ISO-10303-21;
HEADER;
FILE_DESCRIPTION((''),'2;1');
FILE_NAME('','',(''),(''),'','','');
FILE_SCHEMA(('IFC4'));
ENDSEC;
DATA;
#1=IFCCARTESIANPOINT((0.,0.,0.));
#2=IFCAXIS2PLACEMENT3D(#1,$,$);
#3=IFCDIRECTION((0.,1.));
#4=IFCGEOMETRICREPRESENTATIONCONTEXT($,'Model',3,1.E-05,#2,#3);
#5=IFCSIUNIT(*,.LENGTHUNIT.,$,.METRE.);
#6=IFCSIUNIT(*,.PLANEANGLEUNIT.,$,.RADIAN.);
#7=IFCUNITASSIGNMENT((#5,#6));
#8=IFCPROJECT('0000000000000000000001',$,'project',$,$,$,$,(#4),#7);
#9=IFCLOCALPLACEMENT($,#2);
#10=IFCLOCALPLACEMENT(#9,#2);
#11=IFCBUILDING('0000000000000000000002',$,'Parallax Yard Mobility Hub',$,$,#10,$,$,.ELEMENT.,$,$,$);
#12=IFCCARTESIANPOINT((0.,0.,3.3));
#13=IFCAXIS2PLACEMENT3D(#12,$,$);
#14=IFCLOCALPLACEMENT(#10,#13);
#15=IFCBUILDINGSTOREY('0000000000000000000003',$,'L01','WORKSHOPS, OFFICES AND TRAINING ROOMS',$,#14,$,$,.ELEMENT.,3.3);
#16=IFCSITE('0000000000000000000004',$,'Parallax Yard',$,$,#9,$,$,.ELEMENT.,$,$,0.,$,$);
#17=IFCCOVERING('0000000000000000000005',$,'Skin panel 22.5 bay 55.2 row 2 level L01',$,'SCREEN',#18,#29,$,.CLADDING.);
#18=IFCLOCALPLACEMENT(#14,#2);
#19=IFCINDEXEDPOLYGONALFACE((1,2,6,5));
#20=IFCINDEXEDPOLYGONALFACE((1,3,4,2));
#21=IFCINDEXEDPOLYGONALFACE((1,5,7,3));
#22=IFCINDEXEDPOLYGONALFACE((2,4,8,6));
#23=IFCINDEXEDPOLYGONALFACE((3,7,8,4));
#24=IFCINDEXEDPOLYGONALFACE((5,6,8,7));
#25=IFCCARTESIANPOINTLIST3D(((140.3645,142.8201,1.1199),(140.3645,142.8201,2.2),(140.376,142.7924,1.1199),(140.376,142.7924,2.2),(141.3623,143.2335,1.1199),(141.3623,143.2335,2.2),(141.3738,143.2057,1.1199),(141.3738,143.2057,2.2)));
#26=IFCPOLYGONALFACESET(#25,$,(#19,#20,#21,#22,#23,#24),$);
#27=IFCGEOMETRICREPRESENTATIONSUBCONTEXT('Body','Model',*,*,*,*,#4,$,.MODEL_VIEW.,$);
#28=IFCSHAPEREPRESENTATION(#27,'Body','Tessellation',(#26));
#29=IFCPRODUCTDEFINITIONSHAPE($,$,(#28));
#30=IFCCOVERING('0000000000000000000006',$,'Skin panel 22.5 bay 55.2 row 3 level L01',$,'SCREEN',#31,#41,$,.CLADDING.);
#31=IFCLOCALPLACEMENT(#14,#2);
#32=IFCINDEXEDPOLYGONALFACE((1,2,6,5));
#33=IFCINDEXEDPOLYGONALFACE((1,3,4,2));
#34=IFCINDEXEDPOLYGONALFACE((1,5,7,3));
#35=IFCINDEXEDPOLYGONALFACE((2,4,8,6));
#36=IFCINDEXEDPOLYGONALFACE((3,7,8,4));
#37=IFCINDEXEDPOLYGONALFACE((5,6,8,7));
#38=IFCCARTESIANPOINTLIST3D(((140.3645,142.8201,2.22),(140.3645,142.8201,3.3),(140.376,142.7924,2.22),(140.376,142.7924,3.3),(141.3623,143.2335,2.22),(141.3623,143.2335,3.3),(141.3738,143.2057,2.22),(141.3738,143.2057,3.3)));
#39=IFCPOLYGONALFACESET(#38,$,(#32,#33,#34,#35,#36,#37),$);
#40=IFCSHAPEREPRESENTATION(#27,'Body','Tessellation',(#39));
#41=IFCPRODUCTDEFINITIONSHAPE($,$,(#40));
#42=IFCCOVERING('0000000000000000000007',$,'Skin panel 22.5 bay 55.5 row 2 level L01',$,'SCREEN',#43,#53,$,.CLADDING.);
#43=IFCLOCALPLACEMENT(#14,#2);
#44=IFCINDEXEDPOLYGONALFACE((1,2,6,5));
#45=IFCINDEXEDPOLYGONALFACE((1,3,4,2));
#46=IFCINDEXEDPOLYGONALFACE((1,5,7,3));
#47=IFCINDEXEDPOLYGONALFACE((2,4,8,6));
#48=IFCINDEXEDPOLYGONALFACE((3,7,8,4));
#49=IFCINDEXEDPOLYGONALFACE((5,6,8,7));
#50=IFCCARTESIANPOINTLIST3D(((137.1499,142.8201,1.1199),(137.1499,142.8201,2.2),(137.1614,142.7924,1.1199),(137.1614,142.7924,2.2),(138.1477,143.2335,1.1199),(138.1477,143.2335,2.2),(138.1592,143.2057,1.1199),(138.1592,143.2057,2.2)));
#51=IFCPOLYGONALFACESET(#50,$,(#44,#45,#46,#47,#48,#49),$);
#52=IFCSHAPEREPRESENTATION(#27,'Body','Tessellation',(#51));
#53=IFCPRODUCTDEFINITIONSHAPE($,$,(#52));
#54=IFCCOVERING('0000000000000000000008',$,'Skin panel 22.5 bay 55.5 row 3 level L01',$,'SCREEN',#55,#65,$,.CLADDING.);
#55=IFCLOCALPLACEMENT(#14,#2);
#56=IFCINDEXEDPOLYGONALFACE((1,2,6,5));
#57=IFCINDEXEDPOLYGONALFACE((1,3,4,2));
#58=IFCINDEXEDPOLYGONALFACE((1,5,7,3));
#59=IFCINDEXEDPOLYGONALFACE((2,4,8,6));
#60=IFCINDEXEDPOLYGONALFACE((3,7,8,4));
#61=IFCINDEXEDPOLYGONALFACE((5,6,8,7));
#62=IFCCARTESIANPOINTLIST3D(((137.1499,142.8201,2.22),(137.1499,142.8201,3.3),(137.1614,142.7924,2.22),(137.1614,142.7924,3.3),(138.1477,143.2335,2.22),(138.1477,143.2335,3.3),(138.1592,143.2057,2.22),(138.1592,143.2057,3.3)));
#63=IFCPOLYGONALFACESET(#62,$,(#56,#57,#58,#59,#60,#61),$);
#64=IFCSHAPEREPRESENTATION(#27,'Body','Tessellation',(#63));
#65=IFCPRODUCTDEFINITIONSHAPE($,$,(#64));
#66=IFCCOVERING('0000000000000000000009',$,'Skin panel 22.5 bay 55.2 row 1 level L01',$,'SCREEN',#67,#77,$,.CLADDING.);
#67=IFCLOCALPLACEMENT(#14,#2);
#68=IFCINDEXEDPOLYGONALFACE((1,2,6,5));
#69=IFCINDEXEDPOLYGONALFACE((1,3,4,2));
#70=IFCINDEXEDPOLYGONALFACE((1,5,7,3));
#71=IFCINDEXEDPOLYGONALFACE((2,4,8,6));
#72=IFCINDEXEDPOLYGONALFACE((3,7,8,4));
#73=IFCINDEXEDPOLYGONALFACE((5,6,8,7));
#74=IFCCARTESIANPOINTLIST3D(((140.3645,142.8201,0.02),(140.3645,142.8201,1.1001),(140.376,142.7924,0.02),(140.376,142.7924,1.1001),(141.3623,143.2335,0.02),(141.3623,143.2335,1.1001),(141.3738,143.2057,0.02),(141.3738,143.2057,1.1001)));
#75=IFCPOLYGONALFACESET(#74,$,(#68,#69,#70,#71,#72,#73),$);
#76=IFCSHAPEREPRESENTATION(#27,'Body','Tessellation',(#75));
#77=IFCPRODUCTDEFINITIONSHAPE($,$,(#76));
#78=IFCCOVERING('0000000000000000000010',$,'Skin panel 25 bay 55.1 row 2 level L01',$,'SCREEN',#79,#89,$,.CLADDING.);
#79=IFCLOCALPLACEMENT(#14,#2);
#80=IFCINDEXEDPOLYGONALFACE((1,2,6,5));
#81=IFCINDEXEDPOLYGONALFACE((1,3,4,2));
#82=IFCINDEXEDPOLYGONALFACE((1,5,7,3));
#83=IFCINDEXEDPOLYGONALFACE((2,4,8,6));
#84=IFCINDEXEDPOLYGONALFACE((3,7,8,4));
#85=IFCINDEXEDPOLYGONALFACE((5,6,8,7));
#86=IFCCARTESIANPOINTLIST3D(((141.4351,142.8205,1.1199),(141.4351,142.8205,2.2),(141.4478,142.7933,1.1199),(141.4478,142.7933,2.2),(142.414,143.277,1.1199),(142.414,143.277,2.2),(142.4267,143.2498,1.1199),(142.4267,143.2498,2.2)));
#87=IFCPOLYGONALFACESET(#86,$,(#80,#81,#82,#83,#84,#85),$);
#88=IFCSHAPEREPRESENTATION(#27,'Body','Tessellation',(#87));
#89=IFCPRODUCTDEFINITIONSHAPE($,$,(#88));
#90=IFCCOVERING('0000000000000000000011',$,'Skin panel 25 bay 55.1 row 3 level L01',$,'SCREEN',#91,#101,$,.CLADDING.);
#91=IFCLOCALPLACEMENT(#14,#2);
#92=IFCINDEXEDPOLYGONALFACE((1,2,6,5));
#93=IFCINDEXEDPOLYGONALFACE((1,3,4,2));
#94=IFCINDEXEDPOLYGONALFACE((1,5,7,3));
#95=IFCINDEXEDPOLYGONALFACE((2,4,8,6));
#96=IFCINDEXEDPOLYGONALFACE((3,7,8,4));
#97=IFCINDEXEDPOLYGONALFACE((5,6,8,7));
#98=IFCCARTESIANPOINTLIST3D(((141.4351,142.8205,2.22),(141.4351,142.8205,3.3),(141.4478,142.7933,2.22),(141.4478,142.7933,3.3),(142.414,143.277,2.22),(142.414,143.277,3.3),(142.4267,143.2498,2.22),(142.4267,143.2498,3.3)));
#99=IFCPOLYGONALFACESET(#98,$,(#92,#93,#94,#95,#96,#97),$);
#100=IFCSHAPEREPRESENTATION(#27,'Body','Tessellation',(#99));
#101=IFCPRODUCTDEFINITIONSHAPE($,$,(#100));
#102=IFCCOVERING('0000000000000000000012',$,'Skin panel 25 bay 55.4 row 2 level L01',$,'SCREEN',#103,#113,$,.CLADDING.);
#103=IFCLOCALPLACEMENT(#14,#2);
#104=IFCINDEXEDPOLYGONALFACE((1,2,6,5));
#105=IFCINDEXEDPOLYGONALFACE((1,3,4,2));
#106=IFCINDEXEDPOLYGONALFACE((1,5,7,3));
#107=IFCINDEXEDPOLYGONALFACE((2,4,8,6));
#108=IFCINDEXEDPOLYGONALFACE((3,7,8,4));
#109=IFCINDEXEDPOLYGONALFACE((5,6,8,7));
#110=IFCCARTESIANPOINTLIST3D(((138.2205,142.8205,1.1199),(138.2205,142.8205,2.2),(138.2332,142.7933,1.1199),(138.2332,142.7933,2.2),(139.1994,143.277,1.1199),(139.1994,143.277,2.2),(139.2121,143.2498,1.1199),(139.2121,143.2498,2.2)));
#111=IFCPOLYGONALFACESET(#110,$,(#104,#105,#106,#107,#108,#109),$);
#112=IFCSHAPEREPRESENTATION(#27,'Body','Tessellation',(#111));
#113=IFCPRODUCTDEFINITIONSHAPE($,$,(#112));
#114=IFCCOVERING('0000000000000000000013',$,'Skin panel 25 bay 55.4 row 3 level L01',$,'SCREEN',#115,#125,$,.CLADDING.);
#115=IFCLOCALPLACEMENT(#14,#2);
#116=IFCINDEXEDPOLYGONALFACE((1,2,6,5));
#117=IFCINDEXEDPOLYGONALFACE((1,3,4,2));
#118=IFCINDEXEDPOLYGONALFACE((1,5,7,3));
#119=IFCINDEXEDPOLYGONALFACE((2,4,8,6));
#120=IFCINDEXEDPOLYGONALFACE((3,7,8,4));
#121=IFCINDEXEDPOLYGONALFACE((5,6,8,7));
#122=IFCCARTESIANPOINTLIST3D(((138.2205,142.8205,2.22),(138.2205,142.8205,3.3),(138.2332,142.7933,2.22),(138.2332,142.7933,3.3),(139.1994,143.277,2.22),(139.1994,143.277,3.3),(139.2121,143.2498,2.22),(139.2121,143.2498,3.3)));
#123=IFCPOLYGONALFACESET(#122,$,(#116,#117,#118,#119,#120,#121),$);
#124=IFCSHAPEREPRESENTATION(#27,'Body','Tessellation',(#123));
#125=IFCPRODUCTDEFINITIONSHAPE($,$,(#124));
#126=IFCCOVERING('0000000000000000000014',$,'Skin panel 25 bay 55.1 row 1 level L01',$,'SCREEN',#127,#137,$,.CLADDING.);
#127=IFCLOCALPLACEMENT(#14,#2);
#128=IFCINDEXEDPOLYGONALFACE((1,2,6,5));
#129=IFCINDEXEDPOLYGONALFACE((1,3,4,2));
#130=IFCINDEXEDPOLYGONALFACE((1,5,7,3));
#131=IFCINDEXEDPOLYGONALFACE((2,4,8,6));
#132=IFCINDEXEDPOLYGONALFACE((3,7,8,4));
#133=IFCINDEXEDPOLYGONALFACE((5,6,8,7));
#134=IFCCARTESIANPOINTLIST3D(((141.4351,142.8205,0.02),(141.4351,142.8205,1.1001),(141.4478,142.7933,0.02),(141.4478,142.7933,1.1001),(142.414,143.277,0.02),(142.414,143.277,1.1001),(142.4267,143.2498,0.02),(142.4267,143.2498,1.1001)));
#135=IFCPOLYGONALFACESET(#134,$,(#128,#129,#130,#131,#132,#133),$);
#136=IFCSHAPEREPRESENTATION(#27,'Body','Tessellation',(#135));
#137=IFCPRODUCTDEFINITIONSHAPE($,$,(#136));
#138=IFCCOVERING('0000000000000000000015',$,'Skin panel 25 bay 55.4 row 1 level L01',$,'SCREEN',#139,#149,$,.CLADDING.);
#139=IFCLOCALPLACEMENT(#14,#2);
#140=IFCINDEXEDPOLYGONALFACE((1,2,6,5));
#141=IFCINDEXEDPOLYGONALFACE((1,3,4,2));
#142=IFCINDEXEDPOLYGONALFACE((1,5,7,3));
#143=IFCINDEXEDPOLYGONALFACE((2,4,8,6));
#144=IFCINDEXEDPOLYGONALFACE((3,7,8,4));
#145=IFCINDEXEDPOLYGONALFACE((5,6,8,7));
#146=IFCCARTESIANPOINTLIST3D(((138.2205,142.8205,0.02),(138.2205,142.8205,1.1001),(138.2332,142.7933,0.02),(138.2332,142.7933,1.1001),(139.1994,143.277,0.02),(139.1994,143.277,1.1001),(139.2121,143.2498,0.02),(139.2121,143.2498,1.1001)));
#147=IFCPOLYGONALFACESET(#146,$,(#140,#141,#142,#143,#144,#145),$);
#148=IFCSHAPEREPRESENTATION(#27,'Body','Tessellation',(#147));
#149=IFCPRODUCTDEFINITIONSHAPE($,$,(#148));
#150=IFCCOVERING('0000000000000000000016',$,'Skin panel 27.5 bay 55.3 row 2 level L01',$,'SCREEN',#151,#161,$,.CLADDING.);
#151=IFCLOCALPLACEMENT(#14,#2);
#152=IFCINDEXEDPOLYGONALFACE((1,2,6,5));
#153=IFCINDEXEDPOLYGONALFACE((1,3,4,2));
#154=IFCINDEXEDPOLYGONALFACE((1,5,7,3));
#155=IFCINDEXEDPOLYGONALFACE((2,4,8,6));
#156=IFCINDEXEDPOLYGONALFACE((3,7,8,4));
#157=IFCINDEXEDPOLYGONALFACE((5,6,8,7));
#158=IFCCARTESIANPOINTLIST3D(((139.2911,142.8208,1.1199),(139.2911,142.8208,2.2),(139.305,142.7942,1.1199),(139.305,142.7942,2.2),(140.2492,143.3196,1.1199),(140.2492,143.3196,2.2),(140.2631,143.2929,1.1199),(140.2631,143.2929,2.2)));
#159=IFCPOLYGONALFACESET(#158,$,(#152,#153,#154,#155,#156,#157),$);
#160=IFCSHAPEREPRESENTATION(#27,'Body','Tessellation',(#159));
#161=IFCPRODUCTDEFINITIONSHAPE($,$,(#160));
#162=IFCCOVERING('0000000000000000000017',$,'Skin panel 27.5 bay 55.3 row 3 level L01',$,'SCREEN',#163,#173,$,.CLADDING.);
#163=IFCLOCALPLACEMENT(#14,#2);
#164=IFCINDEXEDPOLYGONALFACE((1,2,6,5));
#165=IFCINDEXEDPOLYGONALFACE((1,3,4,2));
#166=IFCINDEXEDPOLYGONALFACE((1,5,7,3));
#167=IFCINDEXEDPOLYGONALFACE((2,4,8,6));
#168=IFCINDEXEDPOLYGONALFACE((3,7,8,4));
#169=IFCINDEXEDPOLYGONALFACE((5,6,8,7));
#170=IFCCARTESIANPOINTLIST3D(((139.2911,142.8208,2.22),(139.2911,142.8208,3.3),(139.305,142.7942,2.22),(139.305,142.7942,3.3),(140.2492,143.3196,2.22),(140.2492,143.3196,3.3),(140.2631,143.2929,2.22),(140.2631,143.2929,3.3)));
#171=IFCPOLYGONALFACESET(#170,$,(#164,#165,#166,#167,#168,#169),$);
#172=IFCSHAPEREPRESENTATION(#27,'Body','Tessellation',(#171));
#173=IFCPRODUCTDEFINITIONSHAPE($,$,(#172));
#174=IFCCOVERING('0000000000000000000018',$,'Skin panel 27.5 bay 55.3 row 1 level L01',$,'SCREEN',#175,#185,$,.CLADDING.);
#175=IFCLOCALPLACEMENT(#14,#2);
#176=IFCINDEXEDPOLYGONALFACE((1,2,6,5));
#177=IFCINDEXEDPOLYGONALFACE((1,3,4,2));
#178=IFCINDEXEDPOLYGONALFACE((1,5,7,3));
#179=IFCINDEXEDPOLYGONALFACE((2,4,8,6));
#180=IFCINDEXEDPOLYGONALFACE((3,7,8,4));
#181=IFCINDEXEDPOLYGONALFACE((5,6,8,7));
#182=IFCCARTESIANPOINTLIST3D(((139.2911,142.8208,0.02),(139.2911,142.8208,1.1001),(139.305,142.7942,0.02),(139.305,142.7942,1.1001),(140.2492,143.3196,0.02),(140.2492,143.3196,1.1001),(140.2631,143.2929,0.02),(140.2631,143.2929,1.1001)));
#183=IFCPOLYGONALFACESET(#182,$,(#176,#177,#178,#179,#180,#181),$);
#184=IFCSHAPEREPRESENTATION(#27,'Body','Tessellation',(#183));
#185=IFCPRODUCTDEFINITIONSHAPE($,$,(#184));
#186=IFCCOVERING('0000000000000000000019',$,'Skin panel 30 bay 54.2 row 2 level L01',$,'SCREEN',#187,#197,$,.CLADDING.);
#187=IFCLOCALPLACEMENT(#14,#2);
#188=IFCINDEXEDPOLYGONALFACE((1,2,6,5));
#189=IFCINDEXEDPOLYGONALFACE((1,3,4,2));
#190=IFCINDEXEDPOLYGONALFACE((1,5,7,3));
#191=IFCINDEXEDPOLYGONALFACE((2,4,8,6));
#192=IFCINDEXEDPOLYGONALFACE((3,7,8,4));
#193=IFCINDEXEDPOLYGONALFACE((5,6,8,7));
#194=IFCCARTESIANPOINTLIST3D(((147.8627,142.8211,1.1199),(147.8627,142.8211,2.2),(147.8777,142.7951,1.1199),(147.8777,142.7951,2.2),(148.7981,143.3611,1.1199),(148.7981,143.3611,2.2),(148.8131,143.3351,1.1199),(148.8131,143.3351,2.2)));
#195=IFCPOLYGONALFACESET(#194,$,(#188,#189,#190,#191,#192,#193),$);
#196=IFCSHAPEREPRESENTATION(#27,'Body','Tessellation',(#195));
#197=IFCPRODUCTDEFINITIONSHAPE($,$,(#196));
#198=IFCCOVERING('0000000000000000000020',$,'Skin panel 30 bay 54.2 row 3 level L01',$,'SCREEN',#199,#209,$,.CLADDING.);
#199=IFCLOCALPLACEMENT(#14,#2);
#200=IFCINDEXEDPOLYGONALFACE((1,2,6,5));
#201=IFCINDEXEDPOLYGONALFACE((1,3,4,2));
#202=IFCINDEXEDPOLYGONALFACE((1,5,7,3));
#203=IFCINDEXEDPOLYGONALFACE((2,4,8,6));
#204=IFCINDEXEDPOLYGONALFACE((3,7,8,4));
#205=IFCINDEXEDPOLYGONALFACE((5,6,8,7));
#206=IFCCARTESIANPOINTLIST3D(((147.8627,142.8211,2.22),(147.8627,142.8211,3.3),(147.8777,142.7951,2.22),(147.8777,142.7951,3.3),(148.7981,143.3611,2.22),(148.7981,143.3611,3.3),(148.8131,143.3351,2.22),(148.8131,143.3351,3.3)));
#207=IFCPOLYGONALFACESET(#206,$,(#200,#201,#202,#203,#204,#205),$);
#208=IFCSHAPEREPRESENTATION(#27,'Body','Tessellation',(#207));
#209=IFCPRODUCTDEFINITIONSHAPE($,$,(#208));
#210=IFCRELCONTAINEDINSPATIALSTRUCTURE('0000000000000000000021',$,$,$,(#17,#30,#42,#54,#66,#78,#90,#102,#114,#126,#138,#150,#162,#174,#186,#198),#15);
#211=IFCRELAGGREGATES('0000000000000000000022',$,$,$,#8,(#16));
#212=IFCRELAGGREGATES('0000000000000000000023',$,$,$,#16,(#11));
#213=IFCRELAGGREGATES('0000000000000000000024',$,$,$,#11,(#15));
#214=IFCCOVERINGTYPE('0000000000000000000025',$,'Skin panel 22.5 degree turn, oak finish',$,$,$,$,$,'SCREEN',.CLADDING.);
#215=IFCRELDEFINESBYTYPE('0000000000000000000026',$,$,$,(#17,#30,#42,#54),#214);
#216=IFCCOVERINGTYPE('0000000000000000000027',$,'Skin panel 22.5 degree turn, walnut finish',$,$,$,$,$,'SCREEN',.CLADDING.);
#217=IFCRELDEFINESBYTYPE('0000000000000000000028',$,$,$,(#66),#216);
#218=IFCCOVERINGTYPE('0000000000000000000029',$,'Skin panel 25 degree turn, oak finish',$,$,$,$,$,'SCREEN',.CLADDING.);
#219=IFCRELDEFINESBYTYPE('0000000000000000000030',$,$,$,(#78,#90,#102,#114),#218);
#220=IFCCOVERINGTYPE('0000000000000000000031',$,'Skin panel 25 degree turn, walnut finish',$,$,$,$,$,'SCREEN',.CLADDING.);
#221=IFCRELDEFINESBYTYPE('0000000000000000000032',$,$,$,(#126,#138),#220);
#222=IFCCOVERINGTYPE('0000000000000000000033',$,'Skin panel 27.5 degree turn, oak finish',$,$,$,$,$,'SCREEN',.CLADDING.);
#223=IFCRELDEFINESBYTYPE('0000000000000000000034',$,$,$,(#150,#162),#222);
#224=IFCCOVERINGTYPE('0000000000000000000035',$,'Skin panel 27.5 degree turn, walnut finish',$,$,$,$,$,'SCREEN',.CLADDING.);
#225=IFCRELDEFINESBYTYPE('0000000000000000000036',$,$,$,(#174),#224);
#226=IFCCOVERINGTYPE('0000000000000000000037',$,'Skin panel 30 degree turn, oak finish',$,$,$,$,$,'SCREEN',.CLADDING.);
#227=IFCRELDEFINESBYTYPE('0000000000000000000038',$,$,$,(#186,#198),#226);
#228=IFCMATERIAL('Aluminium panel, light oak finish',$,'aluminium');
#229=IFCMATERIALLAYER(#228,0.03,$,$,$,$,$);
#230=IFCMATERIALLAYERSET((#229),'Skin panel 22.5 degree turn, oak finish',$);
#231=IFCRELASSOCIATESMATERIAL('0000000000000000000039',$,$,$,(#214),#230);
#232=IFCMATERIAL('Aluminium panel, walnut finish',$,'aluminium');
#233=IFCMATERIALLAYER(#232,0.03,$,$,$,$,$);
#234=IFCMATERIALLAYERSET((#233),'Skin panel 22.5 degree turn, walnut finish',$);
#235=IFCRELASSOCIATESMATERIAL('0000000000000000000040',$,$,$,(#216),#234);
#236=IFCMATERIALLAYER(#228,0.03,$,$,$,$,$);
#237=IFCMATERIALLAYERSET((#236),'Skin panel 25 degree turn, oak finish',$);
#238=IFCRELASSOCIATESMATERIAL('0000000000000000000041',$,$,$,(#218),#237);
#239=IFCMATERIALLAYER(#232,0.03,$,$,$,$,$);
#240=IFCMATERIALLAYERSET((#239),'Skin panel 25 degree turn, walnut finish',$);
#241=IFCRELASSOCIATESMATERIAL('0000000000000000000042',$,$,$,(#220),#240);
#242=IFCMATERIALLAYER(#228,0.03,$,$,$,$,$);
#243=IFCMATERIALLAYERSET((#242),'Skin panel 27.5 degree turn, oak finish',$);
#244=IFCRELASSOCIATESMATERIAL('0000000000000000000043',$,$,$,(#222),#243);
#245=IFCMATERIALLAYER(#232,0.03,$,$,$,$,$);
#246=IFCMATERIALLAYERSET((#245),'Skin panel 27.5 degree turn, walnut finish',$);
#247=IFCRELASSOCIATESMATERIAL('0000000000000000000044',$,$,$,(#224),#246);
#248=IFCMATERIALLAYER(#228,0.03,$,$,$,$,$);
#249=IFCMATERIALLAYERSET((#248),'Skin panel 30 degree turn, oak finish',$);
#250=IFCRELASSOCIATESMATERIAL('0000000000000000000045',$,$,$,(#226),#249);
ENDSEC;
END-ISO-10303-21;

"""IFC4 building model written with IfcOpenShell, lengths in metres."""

from ifc_helpers import new_model, si_unit, direction, frame, origin, origin_2d, place, context, subcontext, project, spatial, rectangle, extrude, material, layer, layer_set, type_object, element, save


model = new_model("IFC4")

# Units and contexts
model_context = context("Model", 3, precision=1e-05, world=origin(), true_north=direction((0.0, 1.0)))
body_context = subcontext(model_context, "Body", "Model", "MODEL_VIEW")
ifc_project = project(units=[si_unit("LENGTHUNIT", "METRE"), si_unit("PLANEANGLEUNIT", "RADIAN")], contexts=[model_context])

# Site, building, storey
site_placement = place(None, origin())
site = spatial("IfcSite", under=ifc_project, at=site_placement, Name="Parallax Yard", CompositionType="ELEMENT", RefElevation=0.0)
building_placement = place(site_placement, origin())
building = spatial("IfcBuilding", under=site, at=building_placement, Name="Parallax Yard Mobility Hub", CompositionType="ELEMENT")
storey_placement = place(building_placement, frame((0.0, 0.0, 3.3)))
storey = spatial("IfcBuildingStorey", under=building, at=storey_placement, Name="L01", Description="WORKSHOPS, OFFICES AND TRAINING ROOMS", CompositionType="ELEMENT", Elevation=3.3)

# Coverings
ifc_material_1 = material(Name="Aluminium panel, light oak finish", Category="aluminium")
ifc_layer_1 = layer(ifc_material_1, 0.03)
ifc_layer_set_1 = layer_set([ifc_layer_1], Name="Skin panel 22.5 degree turn, oak finish")
covering_type_1 = type_object("IfcCoveringType", Name="Skin panel 22.5 degree turn, oak finish", ElementType="SCREEN", PredefinedType="CLADDING", material=ifc_layer_set_1)
for number, where, z_axis, x_axis, name in (
    (1, (140.8691, 143.0129, 1.1199), (0.0, 0.0, 1.0), (0.92388, 0.382683, 0.0), "Skin panel 22.5 bay 55.2 row 2 level L01"),
    (2, (140.8691, 143.0129, 2.22), (0.0, 0.0, 1.0), (0.92388, 0.382683, 0.0), "Skin panel 22.5 bay 55.2 row 3 level L01"),
    (3, (137.6545, 143.0129, 1.1199), (0.0, 0.0, 1.0), (0.92388, 0.382683, 0.0), "Skin panel 22.5 bay 55.5 row 2 level L01"),
    (4, (137.6545, 143.0129, 2.22), (0.0, 0.0, 1.0), (0.92388, 0.382683, 0.0), "Skin panel 22.5 bay 55.5 row 3 level L01"),
):
    element("IfcCovering", number, at=place(storey_placement, frame(where, z_axis=z_axis, x_axis=x_axis)), inside=storey, type_object=covering_type_1, Name=name, ObjectType="SCREEN", PredefinedType="CLADDING", context=body_context, shape_type="SweptSolid", body=[
        extrude(rectangle(XDim=1.0801, YDim=0.03, at=origin_2d()), origin(), (0.0, 0.0, 1.0), 1.0801),
    ])
ifc_material_2 = material(Name="Aluminium panel, walnut finish", Category="aluminium")
ifc_layer_2 = layer(ifc_material_2, 0.03)
ifc_layer_set_2 = layer_set([ifc_layer_2], Name="Skin panel 22.5 degree turn, walnut finish")
covering_type_2 = type_object("IfcCoveringType", Name="Skin panel 22.5 degree turn, walnut finish", ElementType="SCREEN", PredefinedType="CLADDING", material=ifc_layer_set_2)
covering_1_placement = place(storey_placement, frame((140.8691, 143.0129, 0.02), z_axis=(0.0, 0.0, 1.0), x_axis=(0.92388, 0.382683, 0.0)))
element("IfcCovering", 5, at=covering_1_placement, inside=storey, type_object=covering_type_2, Name="Skin panel 22.5 bay 55.2 row 1 level L01", ObjectType="SCREEN", PredefinedType="CLADDING", context=body_context, shape_type="SweptSolid", body=[
    extrude(rectangle(XDim=1.0801, YDim=0.03, at=origin_2d()), origin(), (0.0, 0.0, 1.0), 1.0801),
])
ifc_layer_3 = layer(ifc_material_1, 0.03)
ifc_layer_set_3 = layer_set([ifc_layer_3], Name="Skin panel 25 degree turn, oak finish")
covering_type_3 = type_object("IfcCoveringType", Name="Skin panel 25 degree turn, oak finish", ElementType="SCREEN", PredefinedType="CLADDING", material=ifc_layer_set_3)
for number, where, z_axis, x_axis, name in (
    (6, (141.9309, 143.0352, 1.1199), (0.0, 0.0, 1.0), (0.906308, 0.422618, 0.0), "Skin panel 25 bay 55.1 row 2 level L01"),
    (7, (141.9309, 143.0352, 2.22), (0.0, 0.0, 1.0), (0.906308, 0.422618, 0.0), "Skin panel 25 bay 55.1 row 3 level L01"),
    (8, (138.7163, 143.0352, 1.1199), (0.0, 0.0, 1.0), (0.906308, 0.422618, 0.0), "Skin panel 25 bay 55.4 row 2 level L01"),
    (9, (138.7163, 143.0352, 2.22), (0.0, 0.0, 1.0), (0.906308, 0.422618, 0.0), "Skin panel 25 bay 55.4 row 3 level L01"),
):
    element("IfcCovering", number, at=place(storey_placement, frame(where, z_axis=z_axis, x_axis=x_axis)), inside=storey, type_object=covering_type_3, Name=name, ObjectType="SCREEN", PredefinedType="CLADDING", context=body_context, shape_type="SweptSolid", body=[
        extrude(rectangle(XDim=1.0801, YDim=0.03, at=origin_2d()), origin(), (0.0, 0.0, 1.0), 1.0801),
    ])
ifc_layer_4 = layer(ifc_material_2, 0.03)
ifc_layer_set_4 = layer_set([ifc_layer_4], Name="Skin panel 25 degree turn, walnut finish")
covering_type_4 = type_object("IfcCoveringType", Name="Skin panel 25 degree turn, walnut finish", ElementType="SCREEN", PredefinedType="CLADDING", material=ifc_layer_set_4)
for number, where, z_axis, x_axis, name in (
    (10, (141.9309, 143.0352, 0.02), (0.0, 0.0, 1.0), (0.906308, 0.422618, 0.0), "Skin panel 25 bay 55.1 row 1 level L01"),
    (11, (138.7163, 143.0352, 0.02), (0.0, 0.0, 1.0), (0.906308, 0.422618, 0.0), "Skin panel 25 bay 55.4 row 1 level L01"),
):
    element("IfcCovering", number, at=place(storey_placement, frame(where, z_axis=z_axis, x_axis=x_axis)), inside=storey, type_object=covering_type_4, Name=name, ObjectType="SCREEN", PredefinedType="CLADDING", context=body_context, shape_type="SweptSolid", body=[
        extrude(rectangle(XDim=1.0801, YDim=0.03, at=origin_2d()), origin(), (0.0, 0.0, 1.0), 1.0801),
    ])
ifc_layer_5 = layer(ifc_material_1, 0.03)
ifc_layer_set_5 = layer_set([ifc_layer_5], Name="Skin panel 27.5 degree turn, oak finish")
covering_type_5 = type_object("IfcCoveringType", Name="Skin panel 27.5 degree turn, oak finish", ElementType="SCREEN", PredefinedType="CLADDING", material=ifc_layer_set_5)
for number, where, z_axis, x_axis, name in (
    (12, (139.7771, 143.0569, 1.1199), (0.0, 0.0, 1.0), (0.887011, 0.461749, 0.0), "Skin panel 27.5 bay 55.3 row 2 level L01"),
    (13, (139.7771, 143.0569, 2.22), (0.0, 0.0, 1.0), (0.887011, 0.461749, 0.0), "Skin panel 27.5 bay 55.3 row 3 level L01"),
):
    element("IfcCovering", number, at=place(storey_placement, frame(where, z_axis=z_axis, x_axis=x_axis)), inside=storey, type_object=covering_type_5, Name=name, ObjectType="SCREEN", PredefinedType="CLADDING", context=body_context, shape_type="SweptSolid", body=[
        extrude(rectangle(XDim=1.0801, YDim=0.03, at=origin_2d()), origin(), (0.0, 0.0, 1.0), 1.0801),
    ])
ifc_layer_6 = layer(ifc_material_2, 0.03)
ifc_layer_set_6 = layer_set([ifc_layer_6], Name="Skin panel 27.5 degree turn, walnut finish")
covering_type_6 = type_object("IfcCoveringType", Name="Skin panel 27.5 degree turn, walnut finish", ElementType="SCREEN", PredefinedType="CLADDING", material=ifc_layer_set_6)
covering_2_placement = place(storey_placement, frame((139.7771, 143.0569, 0.02), z_axis=(0.0, 0.0, 1.0), x_axis=(0.887011, 0.461749, 0.0)))
element("IfcCovering", 14, at=covering_2_placement, inside=storey, type_object=covering_type_6, Name="Skin panel 27.5 bay 55.3 row 1 level L01", ObjectType="SCREEN", PredefinedType="CLADDING", context=body_context, shape_type="SweptSolid", body=[
    extrude(rectangle(XDim=1.0801, YDim=0.03, at=origin_2d()), origin(), (0.0, 0.0, 1.0), 1.0801),
])
ifc_layer_7 = layer(ifc_material_1, 0.03)
ifc_layer_set_7 = layer_set([ifc_layer_7], Name="Skin panel 30 degree turn, oak finish")
covering_type_7 = type_object("IfcCoveringType", Name="Skin panel 30 degree turn, oak finish", ElementType="SCREEN", PredefinedType="CLADDING", material=ifc_layer_set_7)
for number, where, z_axis, x_axis, name in (
    (15, (148.3379, 143.0781, 1.1199), (0.0, 0.0, 1.0), (0.866025, 0.5, 0.0), "Skin panel 30 bay 54.2 row 2 level L01"),
    (16, (148.3379, 143.0781, 2.22), (0.0, 0.0, 1.0), (0.866025, 0.5, 0.0), "Skin panel 30 bay 54.2 row 3 level L01"),
):
    element("IfcCovering", number, at=place(storey_placement, frame(where, z_axis=z_axis, x_axis=x_axis)), inside=storey, type_object=covering_type_7, Name=name, ObjectType="SCREEN", PredefinedType="CLADDING", context=body_context, shape_type="SweptSolid", body=[
        extrude(rectangle(XDim=1.0801, YDim=0.03, at=origin_2d()), origin(), (0.0, 0.0, 1.0), 1.0801),
    ])

save(model, "model.ifc")
